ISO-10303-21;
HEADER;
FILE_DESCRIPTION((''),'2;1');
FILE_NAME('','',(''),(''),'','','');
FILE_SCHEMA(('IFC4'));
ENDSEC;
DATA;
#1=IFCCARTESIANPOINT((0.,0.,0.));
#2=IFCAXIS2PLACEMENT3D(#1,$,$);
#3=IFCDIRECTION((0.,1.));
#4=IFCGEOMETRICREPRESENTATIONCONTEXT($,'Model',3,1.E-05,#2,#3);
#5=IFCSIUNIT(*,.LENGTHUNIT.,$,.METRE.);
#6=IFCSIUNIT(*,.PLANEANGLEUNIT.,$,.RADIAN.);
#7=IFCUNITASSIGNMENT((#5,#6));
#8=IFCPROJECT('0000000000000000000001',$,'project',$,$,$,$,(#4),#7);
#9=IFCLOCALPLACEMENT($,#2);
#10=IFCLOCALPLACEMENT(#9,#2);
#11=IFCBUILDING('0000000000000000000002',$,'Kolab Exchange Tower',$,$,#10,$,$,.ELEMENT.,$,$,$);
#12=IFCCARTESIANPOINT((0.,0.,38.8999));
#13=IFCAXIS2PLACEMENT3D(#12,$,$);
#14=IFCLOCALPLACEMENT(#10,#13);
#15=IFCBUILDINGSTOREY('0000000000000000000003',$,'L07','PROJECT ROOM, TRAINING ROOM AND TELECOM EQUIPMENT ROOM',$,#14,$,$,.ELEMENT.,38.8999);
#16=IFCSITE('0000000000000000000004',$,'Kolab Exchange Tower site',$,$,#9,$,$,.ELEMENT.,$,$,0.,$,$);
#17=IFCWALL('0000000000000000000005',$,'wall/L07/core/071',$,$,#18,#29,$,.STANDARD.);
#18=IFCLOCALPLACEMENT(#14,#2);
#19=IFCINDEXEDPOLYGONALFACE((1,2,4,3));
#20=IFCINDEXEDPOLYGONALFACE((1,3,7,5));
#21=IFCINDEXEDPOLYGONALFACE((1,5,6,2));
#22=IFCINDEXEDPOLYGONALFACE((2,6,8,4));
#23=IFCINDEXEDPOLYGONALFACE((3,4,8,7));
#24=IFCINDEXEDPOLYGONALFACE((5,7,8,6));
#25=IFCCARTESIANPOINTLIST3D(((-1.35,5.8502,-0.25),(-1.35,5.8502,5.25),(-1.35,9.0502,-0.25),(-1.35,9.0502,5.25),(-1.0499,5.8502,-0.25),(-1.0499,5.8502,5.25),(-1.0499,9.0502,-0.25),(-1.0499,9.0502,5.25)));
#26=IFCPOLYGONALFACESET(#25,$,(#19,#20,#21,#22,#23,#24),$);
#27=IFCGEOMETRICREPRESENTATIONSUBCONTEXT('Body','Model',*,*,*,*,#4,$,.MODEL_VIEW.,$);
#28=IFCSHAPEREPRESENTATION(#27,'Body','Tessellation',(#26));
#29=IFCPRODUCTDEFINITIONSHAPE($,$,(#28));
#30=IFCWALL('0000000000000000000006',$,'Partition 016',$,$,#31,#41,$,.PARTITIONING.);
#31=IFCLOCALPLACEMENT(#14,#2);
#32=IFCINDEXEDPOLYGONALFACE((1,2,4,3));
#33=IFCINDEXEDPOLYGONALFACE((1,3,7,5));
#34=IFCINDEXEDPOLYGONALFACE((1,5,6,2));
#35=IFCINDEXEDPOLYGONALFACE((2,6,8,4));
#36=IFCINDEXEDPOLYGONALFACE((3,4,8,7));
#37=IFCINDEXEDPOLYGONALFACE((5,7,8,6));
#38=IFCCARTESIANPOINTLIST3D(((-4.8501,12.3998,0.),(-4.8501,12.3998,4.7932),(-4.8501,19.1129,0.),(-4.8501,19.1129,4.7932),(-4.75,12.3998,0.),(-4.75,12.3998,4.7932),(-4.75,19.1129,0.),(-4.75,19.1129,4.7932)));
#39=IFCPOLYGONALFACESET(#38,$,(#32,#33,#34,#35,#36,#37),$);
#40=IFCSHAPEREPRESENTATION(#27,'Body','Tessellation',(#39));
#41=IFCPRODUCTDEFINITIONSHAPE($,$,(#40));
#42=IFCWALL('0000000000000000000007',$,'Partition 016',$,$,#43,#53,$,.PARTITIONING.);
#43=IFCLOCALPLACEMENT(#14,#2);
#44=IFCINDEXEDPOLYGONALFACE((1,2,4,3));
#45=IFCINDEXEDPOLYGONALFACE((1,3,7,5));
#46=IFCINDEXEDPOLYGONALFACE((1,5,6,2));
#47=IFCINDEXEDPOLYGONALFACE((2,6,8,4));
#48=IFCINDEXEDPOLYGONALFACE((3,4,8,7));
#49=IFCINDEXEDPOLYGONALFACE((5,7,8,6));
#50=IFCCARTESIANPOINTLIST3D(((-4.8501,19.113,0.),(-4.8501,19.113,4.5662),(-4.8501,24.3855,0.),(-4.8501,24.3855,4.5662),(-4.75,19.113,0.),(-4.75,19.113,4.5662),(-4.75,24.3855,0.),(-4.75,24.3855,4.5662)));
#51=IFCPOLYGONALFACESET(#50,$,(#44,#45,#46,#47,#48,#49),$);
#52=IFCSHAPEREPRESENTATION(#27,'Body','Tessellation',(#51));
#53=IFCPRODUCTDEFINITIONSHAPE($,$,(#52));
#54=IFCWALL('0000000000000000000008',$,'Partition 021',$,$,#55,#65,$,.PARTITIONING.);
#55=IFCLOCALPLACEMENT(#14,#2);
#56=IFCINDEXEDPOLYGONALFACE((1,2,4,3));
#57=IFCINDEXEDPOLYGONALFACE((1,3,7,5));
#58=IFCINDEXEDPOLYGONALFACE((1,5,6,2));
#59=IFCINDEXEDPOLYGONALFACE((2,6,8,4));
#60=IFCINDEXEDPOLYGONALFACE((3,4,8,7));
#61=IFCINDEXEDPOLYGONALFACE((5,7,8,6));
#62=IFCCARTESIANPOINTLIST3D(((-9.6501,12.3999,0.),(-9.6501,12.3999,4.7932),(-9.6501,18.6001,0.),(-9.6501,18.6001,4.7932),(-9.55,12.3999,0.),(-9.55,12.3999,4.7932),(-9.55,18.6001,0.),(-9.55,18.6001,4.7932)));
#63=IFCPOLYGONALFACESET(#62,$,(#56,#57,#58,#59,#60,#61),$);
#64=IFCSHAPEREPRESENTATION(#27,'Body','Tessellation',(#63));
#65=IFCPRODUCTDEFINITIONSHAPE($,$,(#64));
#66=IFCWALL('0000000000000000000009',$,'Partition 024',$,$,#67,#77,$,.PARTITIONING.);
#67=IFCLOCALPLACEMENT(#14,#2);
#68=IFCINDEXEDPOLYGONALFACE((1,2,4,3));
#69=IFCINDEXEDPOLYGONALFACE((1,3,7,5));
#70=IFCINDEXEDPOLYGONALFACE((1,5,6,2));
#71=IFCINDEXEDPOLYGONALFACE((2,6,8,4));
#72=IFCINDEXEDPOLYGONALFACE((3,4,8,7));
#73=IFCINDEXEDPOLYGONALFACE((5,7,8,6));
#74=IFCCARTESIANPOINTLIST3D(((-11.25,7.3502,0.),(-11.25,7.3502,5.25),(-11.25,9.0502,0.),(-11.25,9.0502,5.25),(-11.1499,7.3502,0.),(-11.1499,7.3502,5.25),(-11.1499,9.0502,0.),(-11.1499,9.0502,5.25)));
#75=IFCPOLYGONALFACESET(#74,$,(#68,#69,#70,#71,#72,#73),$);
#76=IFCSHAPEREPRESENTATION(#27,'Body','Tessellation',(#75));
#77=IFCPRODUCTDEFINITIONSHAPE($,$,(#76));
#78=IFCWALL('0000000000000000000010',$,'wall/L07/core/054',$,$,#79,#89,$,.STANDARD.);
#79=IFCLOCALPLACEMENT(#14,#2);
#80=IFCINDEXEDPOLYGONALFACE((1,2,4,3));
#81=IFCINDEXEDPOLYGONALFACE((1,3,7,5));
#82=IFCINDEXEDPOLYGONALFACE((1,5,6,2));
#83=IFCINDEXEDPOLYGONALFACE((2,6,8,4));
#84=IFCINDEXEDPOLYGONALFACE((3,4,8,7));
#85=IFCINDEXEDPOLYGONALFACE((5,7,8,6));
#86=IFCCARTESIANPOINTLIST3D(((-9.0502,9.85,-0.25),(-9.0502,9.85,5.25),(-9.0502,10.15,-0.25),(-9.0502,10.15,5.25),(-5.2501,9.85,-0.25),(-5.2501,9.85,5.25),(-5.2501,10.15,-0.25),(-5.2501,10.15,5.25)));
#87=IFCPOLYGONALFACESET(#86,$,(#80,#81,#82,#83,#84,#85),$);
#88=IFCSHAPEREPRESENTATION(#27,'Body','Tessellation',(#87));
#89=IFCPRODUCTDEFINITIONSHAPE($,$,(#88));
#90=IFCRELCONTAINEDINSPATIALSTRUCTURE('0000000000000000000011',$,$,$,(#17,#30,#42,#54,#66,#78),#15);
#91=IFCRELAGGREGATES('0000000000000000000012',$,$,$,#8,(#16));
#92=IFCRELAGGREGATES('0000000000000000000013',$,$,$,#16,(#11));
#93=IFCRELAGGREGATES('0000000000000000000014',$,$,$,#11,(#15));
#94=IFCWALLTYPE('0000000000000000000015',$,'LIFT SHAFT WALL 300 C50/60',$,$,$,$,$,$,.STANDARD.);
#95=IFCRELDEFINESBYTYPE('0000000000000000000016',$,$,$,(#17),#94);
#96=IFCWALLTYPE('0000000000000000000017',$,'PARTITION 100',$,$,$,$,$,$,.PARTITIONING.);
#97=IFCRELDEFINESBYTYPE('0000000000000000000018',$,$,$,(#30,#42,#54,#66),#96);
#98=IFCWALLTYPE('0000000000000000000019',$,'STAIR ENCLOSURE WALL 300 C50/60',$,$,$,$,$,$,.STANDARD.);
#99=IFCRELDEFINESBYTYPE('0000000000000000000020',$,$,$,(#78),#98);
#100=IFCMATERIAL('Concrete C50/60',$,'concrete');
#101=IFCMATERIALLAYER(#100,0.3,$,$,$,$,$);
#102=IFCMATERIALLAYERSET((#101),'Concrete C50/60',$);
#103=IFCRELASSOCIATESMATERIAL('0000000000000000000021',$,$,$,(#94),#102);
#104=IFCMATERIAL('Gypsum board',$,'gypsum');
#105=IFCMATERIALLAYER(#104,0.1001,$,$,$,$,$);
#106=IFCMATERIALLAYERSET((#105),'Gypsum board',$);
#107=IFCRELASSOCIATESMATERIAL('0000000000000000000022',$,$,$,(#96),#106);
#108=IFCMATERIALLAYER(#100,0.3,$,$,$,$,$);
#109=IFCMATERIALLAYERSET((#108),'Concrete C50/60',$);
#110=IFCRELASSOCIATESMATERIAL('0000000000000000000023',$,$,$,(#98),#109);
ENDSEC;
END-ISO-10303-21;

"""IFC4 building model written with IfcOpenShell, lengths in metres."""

from ifc_helpers import new_model, si_unit, direction, frame, frame_2d, origin, place, context, subcontext, project, spatial, rectangle, extrude, material, layer, layer_set, type_object, element, save


model = new_model("IFC4")

# Units and contexts
model_context = context("Model", 3, precision=1e-05, world=origin(), true_north=direction((0.0, 1.0)))
body_context = subcontext(model_context, "Body", "Model", "MODEL_VIEW")
ifc_project = project(units=[si_unit("LENGTHUNIT", "METRE"), si_unit("PLANEANGLEUNIT", "RADIAN")], contexts=[model_context])

# Site, building, storey
site_placement = place(None, origin())
site = spatial("IfcSite", under=ifc_project, at=site_placement, Name="Kolab Exchange Tower site", CompositionType="ELEMENT", RefElevation=0.0)
building_placement = place(site_placement, origin())
building = spatial("IfcBuilding", under=site, at=building_placement, Name="Kolab Exchange Tower", CompositionType="ELEMENT")
storey_placement = place(building_placement, frame((0.0, 0.0, 38.8999)))
storey = spatial("IfcBuildingStorey", under=building, at=storey_placement, Name="L07", Description="PROJECT ROOM, TRAINING ROOM AND TELECOM EQUIPMENT ROOM", CompositionType="ELEMENT", Elevation=38.8999)

# Shared definitions
ifc_material_1 = material(Name="Concrete C50/60", Category="concrete")
ifc_layer_1 = layer(ifc_material_1, 0.3)
ifc_layer_set_1 = layer_set([ifc_layer_1], Name="Concrete C50/60")
wall_type_1 = type_object("IfcWallType", Name="LIFT SHAFT WALL 300 C50/60", PredefinedType="STANDARD", material=ifc_layer_set_1)

# Walls
for number, where, z_axis, x_axis, name in (
    (1, (-1.2, 5.8501, -0.25), (0.0, 0.0, 1.0), (0.0, 1.0, 0.0), "wall/L07/core/071"),
):
    element("IfcWall", number, at=place(storey_placement, frame(where, z_axis=z_axis, x_axis=x_axis)), inside=storey, type_object=wall_type_1, Name=name, PredefinedType="STANDARD", context=body_context, shape_type="SweptSolid", body=[
        extrude(rectangle(XDim=3.2, YDim=0.3, at=frame_2d((1.6001, 0.0))), origin(), (0.0, 0.0, 1.0), 5.5),
    ])
ifc_material_2 = material(Name="Gypsum board", Category="gypsum")
ifc_layer_2 = layer(ifc_material_2, 0.1001)
ifc_layer_set_2 = layer_set([ifc_layer_2], Name="Gypsum board")
wall_type_2 = type_object("IfcWallType", Name="PARTITION 100", PredefinedType="PARTITIONING", material=ifc_layer_set_2)
wall_1_placement = place(storey_placement, frame((-4.8, 12.3999, 0.0), z_axis=(0.0, 0.0, 1.0), x_axis=(0.0, 1.0, 0.0)))
element("IfcWall", 2, at=wall_1_placement, inside=storey, type_object=wall_type_2, Name="Partition 016", PredefinedType="PARTITIONING", context=body_context, shape_type="SweptSolid", body=[
    extrude(rectangle(XDim=6.7131, YDim=0.1001, at=frame_2d((3.3564, 0.0))), origin(), (0.0, 0.0, 1.0), 4.7932),
])
wall_2_placement = place(storey_placement, frame((-4.8, 19.113, 0.0), z_axis=(0.0, 0.0, 1.0), x_axis=(0.0, 1.0, 0.0)))
element("IfcWall", 3, at=wall_2_placement, inside=storey, type_object=wall_type_2, Name="Partition 016", PredefinedType="PARTITIONING", context=body_context, shape_type="SweptSolid", body=[
    extrude(rectangle(XDim=5.2725, YDim=0.1001, at=frame_2d((2.6362, 0.0))), origin(), (0.0, 0.0, 1.0), 4.5662),
])
wall_3_placement = place(storey_placement, frame((-9.6001, 12.3999, 0.0), z_axis=(0.0, 0.0, 1.0), x_axis=(0.0, 1.0, 0.0)))
element("IfcWall", 4, at=wall_3_placement, inside=storey, type_object=wall_type_2, Name="Partition 021", PredefinedType="PARTITIONING", context=body_context, shape_type="SweptSolid", body=[
    extrude(rectangle(XDim=6.2002, YDim=0.1001, at=frame_2d((3.1001, 0.0))), origin(), (0.0, 0.0, 1.0), 4.7932),
])
wall_4_placement = place(storey_placement, frame((-11.2, 7.3501, 0.0), z_axis=(0.0, 0.0, 1.0), x_axis=(0.0, 1.0, 0.0)))
element("IfcWall", 5, at=wall_4_placement, inside=storey, type_object=wall_type_2, Name="Partition 024", PredefinedType="PARTITIONING", context=body_context, shape_type="SweptSolid", body=[
    extrude(rectangle(XDim=1.7, YDim=0.1001, at=frame_2d((0.8501, 0.0))), origin(), (0.0, 0.0, 1.0), 5.25),
])
ifc_layer_3 = layer(ifc_material_1, 0.3)
ifc_layer_set_3 = layer_set([ifc_layer_3], Name="Concrete C50/60")
wall_type_3 = type_object("IfcWallType", Name="STAIR ENCLOSURE WALL 300 C50/60", PredefinedType="STANDARD", material=ifc_layer_set_3)
wall_5_placement = place(storey_placement, frame((-9.05, 10.0, -0.25), z_axis=(0.0, 0.0, 1.0), x_axis=(1.0, 0.0, 0.0)))
element("IfcWall", 6, at=wall_5_placement, inside=storey, type_object=wall_type_3, Name="wall/L07/core/054", PredefinedType="STANDARD", context=body_context, shape_type="SweptSolid", body=[
    extrude(rectangle(XDim=3.8, YDim=0.3, at=frame_2d((1.8999, 0.0))), origin(), (0.0, 0.0, 1.0), 5.5),
])

save(model, "model.ifc")
